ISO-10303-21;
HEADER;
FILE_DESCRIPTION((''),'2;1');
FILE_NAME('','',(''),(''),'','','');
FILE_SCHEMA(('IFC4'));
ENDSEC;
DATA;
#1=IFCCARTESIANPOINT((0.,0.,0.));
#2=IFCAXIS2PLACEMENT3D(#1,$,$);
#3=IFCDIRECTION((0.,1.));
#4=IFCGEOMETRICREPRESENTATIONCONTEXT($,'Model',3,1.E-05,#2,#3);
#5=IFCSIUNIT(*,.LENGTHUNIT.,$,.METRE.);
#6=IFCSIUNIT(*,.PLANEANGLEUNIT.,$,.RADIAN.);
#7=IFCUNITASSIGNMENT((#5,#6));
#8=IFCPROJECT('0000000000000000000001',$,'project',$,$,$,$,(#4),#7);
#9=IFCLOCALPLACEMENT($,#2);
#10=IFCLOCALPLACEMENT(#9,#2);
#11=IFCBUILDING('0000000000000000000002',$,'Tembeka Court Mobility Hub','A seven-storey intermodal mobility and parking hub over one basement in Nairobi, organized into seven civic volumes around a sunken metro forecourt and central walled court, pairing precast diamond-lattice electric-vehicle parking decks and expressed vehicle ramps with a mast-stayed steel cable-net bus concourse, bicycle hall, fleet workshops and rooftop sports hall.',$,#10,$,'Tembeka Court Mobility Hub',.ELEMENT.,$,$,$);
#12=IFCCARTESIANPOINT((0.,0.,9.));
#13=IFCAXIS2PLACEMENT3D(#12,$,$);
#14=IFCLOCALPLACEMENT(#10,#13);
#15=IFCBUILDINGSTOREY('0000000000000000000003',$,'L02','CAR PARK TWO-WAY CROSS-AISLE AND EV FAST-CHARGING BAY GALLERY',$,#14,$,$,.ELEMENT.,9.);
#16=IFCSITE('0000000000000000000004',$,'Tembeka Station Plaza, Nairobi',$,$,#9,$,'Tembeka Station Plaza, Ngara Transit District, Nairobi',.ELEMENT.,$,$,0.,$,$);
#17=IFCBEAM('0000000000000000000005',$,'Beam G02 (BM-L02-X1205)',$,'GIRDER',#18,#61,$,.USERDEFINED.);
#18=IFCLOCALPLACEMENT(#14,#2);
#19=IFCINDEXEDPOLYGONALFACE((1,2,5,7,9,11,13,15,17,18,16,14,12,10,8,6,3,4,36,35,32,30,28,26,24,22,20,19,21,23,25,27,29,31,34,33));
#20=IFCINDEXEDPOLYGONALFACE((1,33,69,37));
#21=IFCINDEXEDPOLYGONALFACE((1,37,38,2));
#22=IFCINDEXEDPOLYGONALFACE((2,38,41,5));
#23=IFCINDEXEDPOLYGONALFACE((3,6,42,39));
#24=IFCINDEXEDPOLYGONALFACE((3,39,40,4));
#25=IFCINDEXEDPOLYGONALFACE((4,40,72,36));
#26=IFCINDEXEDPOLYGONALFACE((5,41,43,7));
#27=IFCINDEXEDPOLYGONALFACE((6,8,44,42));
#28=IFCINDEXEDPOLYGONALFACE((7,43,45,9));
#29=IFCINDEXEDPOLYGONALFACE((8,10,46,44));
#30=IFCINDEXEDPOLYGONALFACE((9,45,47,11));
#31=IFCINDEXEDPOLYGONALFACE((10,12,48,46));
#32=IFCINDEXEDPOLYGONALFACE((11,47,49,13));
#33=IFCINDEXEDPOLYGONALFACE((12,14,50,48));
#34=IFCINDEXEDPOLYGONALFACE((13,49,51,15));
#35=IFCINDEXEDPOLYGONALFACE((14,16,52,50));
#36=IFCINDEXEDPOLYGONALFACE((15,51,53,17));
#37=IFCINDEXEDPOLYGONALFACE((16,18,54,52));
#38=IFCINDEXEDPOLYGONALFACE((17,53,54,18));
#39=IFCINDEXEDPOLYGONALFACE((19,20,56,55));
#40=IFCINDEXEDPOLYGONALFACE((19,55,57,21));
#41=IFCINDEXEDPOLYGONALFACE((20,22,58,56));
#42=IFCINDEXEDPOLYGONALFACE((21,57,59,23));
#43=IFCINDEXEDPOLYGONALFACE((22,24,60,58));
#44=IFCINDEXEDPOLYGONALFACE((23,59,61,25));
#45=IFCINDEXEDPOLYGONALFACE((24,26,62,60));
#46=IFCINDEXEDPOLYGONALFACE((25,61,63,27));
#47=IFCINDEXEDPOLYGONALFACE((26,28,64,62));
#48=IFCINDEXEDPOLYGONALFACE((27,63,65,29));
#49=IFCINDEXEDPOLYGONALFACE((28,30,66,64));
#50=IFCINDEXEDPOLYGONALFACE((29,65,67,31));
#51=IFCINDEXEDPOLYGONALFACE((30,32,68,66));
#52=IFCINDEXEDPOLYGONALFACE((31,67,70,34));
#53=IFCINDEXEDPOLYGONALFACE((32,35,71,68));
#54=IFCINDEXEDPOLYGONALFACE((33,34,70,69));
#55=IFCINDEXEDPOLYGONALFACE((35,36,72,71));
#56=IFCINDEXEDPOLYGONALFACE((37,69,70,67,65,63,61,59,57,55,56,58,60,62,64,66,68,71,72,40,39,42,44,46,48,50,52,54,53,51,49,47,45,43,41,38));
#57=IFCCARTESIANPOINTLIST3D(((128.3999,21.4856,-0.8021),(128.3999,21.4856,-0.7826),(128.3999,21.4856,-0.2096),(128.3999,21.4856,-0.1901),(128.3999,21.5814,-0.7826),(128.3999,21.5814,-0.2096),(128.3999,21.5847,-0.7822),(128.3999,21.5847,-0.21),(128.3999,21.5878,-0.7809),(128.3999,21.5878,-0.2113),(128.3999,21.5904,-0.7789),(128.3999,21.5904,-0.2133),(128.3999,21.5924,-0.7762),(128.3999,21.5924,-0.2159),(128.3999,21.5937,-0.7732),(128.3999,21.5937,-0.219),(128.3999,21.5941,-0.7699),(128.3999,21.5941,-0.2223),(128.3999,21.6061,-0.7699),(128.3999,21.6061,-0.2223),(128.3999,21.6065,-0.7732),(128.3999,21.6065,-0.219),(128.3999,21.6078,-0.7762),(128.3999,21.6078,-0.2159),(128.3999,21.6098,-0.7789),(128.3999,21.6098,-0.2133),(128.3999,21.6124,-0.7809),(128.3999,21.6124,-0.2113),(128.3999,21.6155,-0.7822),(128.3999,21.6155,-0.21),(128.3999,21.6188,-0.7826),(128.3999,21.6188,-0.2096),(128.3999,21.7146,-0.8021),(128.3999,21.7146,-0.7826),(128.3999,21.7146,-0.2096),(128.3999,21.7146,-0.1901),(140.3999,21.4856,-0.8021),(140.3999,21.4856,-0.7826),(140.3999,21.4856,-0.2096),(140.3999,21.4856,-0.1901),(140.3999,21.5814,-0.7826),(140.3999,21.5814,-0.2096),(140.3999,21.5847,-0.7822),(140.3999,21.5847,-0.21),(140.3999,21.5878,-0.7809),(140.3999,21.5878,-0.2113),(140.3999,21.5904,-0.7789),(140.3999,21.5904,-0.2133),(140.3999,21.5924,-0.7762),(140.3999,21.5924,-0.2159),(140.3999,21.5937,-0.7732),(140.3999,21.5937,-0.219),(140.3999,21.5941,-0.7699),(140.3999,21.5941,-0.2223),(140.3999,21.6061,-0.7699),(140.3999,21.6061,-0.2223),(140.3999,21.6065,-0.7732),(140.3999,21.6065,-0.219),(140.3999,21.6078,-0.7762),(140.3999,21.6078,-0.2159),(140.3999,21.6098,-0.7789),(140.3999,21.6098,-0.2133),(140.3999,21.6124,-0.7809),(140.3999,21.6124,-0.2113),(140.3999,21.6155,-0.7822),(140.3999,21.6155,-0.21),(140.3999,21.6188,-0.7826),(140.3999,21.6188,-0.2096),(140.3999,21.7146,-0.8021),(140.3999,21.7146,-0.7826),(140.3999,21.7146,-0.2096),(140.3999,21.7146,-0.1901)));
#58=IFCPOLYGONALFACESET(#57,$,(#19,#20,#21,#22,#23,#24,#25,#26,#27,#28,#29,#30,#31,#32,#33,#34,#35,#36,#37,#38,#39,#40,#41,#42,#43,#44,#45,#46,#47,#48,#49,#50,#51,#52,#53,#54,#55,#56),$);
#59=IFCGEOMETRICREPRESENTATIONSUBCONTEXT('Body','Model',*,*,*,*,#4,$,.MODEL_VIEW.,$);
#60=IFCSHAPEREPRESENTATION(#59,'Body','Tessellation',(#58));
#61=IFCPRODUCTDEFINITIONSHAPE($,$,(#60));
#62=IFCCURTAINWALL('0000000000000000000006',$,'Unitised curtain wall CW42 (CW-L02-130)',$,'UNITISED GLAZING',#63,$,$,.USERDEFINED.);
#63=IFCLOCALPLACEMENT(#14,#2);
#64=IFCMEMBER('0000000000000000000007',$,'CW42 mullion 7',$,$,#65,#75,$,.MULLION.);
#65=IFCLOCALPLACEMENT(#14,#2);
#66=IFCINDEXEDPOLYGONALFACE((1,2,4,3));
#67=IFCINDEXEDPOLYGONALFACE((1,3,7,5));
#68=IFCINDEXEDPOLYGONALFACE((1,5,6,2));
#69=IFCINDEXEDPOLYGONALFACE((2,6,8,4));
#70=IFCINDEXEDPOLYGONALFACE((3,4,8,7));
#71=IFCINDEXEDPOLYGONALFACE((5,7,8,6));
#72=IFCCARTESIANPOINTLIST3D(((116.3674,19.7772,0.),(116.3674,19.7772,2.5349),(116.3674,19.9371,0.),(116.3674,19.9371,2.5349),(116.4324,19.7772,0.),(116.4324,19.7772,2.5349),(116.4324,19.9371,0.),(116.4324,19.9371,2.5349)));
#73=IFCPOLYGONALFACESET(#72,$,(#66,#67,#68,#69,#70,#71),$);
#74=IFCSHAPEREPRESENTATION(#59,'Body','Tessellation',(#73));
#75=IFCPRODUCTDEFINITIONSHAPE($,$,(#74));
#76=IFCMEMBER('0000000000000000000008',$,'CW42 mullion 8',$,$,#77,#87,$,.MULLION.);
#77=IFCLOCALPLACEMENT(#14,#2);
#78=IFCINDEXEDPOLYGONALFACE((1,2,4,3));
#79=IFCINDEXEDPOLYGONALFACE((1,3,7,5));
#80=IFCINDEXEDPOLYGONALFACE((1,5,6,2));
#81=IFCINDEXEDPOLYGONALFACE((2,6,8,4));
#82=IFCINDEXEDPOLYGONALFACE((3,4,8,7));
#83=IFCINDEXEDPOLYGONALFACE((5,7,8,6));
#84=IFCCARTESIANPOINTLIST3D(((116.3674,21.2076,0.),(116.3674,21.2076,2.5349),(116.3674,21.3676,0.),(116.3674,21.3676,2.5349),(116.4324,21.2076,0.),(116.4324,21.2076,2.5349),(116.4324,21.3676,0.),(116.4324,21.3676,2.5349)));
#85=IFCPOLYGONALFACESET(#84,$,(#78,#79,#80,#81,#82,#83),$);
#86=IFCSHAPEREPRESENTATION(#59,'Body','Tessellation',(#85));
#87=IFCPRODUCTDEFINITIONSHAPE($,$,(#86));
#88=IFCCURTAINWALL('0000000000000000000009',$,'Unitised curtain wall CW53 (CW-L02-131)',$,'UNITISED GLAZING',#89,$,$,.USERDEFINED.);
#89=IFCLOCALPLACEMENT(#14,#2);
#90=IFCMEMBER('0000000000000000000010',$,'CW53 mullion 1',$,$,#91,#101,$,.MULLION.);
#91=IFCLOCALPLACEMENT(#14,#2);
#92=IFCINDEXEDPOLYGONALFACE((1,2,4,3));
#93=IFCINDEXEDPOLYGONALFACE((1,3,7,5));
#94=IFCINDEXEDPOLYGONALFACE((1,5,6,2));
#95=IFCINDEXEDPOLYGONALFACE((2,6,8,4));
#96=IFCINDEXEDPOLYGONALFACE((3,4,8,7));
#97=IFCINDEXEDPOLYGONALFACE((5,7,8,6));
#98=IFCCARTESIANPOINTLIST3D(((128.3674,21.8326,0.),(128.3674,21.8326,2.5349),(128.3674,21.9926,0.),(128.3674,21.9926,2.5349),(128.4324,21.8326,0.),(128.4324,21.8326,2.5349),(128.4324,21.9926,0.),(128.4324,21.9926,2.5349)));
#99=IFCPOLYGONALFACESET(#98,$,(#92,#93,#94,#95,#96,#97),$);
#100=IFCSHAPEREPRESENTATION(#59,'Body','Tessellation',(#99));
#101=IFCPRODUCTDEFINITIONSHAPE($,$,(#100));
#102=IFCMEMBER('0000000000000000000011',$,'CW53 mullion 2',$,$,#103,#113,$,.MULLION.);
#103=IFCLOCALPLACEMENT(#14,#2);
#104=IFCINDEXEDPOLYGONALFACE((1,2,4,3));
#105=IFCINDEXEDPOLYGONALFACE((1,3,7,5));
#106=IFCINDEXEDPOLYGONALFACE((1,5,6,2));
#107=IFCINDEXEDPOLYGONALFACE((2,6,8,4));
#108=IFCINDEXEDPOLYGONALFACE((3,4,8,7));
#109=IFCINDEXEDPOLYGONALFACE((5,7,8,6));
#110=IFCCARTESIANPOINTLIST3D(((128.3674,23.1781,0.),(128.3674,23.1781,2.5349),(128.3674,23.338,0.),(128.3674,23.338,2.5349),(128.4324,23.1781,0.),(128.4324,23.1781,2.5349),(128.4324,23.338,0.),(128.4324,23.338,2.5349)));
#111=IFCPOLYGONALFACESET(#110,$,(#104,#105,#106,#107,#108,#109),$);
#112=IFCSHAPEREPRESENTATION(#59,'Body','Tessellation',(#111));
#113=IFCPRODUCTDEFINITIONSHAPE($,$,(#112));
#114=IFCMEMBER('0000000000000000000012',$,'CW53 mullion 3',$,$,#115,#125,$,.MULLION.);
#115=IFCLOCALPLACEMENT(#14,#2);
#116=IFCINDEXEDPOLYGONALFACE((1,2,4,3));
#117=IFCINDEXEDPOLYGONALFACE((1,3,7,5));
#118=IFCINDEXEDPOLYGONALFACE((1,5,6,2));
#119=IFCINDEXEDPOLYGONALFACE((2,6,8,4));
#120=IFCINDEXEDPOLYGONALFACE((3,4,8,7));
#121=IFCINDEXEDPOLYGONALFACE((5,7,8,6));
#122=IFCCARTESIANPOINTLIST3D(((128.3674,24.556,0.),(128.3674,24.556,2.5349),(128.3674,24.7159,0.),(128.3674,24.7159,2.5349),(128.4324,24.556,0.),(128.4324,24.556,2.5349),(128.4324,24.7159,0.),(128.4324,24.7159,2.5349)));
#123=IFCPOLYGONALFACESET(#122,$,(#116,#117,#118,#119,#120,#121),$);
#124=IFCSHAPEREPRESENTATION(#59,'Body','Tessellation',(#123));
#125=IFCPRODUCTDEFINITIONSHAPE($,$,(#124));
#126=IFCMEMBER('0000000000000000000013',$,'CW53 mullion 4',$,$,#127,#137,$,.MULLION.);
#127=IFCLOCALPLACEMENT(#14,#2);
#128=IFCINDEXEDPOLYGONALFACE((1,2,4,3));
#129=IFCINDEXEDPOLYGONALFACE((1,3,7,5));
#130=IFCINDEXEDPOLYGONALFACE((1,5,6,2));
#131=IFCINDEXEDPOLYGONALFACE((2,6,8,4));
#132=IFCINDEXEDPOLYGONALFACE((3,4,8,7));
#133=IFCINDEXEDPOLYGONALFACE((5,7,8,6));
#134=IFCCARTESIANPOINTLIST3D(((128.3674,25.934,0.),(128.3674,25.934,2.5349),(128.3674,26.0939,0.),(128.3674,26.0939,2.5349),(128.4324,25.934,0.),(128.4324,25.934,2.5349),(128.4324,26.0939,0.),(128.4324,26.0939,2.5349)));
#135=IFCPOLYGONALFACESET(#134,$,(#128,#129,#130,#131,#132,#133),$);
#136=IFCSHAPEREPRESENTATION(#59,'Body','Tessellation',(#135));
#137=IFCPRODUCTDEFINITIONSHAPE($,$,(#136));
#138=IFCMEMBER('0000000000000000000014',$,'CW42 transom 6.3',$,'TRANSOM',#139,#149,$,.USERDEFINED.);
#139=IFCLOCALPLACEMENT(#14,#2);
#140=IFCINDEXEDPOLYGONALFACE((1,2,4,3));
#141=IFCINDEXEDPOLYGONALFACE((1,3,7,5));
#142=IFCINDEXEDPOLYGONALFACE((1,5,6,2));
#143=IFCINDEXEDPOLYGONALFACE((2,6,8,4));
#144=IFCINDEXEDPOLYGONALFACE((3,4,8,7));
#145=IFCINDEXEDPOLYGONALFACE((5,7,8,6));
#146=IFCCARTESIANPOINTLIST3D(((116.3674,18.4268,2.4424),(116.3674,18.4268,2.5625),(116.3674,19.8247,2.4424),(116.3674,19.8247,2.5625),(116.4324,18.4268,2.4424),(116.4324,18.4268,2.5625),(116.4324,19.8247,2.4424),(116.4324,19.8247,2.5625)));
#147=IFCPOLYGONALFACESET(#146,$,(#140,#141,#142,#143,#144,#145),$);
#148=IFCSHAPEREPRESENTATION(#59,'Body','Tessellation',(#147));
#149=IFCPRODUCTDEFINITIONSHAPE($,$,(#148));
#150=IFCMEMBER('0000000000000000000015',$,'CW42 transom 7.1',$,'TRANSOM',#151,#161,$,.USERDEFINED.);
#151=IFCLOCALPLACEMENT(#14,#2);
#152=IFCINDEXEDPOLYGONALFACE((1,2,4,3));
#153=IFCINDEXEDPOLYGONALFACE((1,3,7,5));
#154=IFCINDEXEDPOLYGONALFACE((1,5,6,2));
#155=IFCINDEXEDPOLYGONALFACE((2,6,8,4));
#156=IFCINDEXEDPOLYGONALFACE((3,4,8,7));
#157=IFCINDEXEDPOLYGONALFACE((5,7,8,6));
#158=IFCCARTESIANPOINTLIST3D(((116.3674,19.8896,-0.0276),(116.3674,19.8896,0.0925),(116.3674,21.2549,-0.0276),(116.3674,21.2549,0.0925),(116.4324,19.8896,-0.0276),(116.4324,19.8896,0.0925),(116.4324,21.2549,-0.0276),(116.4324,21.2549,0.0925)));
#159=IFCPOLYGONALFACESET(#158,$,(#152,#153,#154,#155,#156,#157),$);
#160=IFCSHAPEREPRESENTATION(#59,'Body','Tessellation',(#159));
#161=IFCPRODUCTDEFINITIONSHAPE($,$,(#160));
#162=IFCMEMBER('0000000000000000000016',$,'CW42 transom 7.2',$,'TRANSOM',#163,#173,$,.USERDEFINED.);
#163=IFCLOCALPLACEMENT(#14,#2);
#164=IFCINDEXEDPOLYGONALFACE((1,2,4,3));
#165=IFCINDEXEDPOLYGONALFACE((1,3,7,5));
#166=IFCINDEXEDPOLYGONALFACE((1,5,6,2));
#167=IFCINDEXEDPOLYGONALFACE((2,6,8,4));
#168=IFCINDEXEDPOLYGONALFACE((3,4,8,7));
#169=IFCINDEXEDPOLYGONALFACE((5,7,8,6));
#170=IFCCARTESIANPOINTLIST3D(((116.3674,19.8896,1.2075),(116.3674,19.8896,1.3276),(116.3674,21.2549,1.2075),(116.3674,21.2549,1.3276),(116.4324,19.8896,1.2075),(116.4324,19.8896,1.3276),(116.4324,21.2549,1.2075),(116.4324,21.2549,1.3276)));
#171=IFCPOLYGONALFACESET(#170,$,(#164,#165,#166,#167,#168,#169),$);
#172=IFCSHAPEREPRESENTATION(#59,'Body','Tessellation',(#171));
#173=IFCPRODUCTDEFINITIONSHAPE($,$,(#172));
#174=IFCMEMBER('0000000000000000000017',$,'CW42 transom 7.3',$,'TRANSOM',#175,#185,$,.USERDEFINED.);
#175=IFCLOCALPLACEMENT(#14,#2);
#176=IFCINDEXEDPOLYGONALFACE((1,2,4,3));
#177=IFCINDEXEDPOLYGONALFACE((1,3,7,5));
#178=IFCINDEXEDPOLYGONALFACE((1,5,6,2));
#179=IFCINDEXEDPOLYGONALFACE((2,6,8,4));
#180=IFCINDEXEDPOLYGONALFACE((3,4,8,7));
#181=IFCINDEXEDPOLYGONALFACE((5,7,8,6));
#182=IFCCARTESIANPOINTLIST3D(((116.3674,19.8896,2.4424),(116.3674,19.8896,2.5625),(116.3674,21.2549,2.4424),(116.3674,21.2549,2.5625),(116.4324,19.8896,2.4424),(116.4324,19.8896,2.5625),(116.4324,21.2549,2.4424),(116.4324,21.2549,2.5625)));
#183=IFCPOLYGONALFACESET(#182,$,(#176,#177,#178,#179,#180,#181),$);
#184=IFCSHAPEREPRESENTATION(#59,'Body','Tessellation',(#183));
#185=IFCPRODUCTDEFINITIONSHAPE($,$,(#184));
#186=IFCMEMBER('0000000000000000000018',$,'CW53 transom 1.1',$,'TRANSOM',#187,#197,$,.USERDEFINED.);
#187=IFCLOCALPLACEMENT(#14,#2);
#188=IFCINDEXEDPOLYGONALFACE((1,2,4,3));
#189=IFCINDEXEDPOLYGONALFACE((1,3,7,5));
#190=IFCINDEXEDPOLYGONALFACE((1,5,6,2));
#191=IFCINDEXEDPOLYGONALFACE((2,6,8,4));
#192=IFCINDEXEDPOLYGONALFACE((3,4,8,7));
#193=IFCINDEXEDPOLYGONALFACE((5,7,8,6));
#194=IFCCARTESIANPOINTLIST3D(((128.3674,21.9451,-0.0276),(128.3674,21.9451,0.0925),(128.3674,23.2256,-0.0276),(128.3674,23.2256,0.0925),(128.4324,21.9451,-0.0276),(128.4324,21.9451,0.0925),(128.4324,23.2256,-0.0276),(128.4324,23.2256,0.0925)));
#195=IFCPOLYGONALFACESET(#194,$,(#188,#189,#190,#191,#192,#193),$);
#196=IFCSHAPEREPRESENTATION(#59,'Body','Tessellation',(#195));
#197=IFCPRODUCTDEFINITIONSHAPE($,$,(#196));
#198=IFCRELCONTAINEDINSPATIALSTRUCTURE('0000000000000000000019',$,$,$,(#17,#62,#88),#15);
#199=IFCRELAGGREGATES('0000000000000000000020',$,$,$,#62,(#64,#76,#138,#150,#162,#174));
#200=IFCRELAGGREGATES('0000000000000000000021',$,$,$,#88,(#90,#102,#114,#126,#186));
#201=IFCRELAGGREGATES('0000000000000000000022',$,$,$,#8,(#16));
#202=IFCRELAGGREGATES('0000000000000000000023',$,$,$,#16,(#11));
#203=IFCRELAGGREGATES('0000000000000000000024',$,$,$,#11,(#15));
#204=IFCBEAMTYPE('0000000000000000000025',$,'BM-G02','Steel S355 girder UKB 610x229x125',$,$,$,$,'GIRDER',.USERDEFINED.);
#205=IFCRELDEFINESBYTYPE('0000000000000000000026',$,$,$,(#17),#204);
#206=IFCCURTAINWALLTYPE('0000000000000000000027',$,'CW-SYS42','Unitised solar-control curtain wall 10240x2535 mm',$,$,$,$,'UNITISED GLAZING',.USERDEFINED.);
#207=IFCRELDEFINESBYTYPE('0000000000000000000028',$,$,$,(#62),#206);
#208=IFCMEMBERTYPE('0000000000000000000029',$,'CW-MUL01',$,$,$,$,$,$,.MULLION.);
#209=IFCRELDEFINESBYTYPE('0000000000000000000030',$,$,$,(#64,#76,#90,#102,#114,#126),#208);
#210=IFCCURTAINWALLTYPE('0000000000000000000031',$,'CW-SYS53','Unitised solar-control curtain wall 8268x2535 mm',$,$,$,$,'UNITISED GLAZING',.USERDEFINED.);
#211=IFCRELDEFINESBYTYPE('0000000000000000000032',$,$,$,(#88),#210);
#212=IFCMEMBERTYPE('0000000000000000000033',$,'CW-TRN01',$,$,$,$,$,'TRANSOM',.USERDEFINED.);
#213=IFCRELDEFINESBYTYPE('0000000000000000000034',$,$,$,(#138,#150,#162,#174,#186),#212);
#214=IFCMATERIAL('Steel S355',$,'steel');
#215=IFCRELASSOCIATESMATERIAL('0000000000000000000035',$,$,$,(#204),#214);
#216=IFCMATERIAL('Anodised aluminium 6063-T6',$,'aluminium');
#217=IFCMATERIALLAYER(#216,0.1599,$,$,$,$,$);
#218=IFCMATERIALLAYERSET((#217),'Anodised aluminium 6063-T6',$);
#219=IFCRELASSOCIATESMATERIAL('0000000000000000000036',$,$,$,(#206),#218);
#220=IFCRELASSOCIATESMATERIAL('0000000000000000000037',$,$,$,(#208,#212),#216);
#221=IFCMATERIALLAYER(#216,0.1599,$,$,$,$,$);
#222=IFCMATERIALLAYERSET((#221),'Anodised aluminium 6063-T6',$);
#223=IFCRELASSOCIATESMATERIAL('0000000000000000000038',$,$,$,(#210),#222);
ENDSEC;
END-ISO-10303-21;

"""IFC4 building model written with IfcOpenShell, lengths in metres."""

from ifc_helpers import new_model, si_unit, direction, frame, origin, origin_2d, place, context, subcontext, project, spatial, rectangle, i_section, extrude, material, layer, layer_set, material_profile, profile_set, type_object, element, aggregate, save


model = new_model("IFC4")

# Units and contexts
model_context = context("Model", 3, precision=1e-05, world=origin(), true_north=direction((0.0, 1.0)))
body_context = subcontext(model_context, "Body", "Model", "MODEL_VIEW")
ifc_project = project(units=[si_unit("LENGTHUNIT", "METRE"), si_unit("PLANEANGLEUNIT", "RADIAN")], contexts=[model_context])

# Site, building, storey
site_placement = place(None, origin())
site = spatial("IfcSite", under=ifc_project, at=site_placement, Name="Tembeka Station Plaza, Nairobi", LongName="Tembeka Station Plaza, Ngara Transit District, Nairobi", CompositionType="ELEMENT", RefElevation=0.0)
building_placement = place(site_placement, origin())
building = spatial("IfcBuilding", under=site, at=building_placement, Name="Tembeka Court Mobility Hub", Description="A seven-storey intermodal mobility and parking hub over one basement in Nairobi, organized into seven civic volumes around a sunken metro forecourt and central walled court, pairing precast diamond-lattice electric-vehicle parking decks and expressed vehicle ramps with a mast-stayed steel cable-net bus concourse, bicycle hall, fleet workshops and rooftop sports hall.", LongName="Tembeka Court Mobility Hub", CompositionType="ELEMENT")
storey_placement = place(building_placement, frame((0.0, 0.0, 9.0)))
storey = spatial("IfcBuildingStorey", under=building, at=storey_placement, Name="L02", Description="CAR PARK TWO-WAY CROSS-AISLE AND EV FAST-CHARGING BAY GALLERY", CompositionType="ELEMENT", Elevation=9.0)

# Shared definitions
ifc_material_1 = material(Name="Steel S355", Category="steel")

# Beam
ifc_material_profile_1 = material_profile(ifc_material_1, i_section(OverallWidth=0.229, OverallDepth=0.6121, WebThickness=0.012, FlangeThickness=0.0195, FilletRadius=0.0127, at=origin_2d()), Name="UKB 610x229x125")
ifc_profile_set_1 = profile_set([ifc_material_profile_1], Name="Steel S355")
beam_type_1 = type_object("IfcBeamType", Name="BM-G02", Description="Steel S355 girder UKB 610x229x125", ElementType="GIRDER", PredefinedType="USERDEFINED", material=ifc_profile_set_1)
for number, where, z_axis, x_axis, name in (
    (1, (128.3999, 21.6001, -0.4961), (1.0, 0.0, 0.0), (0.0, 1.0, 0.0), "Beam G02 (BM-L02-X1205)"),
):
    element("IfcBeam", number, at=place(storey_placement, frame(where, z_axis=z_axis, x_axis=x_axis)), inside=storey, type_object=beam_type_1, Name=name, ObjectType="GIRDER", PredefinedType="USERDEFINED", context=body_context, shape_type="SweptSolid", body=[
        extrude(i_section(OverallWidth=0.229, OverallDepth=0.6121, WebThickness=0.012, FlangeThickness=0.0195, FilletRadius=0.0127, at=origin_2d()), origin(), (0.0, 0.0, 1.0), 12.0),
    ])

# Curtain walls, members
ifc_material_2 = material(Name="Anodised aluminium 6063-T6", Category="aluminium")
ifc_layer_1 = layer(ifc_material_2, 0.1599)
ifc_layer_set_1 = layer_set([ifc_layer_1], Name="Anodised aluminium 6063-T6")
curtain_wall_type_1 = type_object("IfcCurtainWallType", Name="CW-SYS42", Description="Unitised solar-control curtain wall 10240x2535 mm", ElementType="UNITISED GLAZING", PredefinedType="USERDEFINED", material=ifc_layer_set_1)
curtain_wall_1_placement = place(storey_placement, origin())
curtain_wall_1 = element("IfcCurtainWall", 2, at=curtain_wall_1_placement, inside=storey, type_object=curtain_wall_type_1, Name="Unitised curtain wall CW42 (CW-L02-130)", ObjectType="UNITISED GLAZING", PredefinedType="USERDEFINED")
ifc_material_profile_2 = material_profile(ifc_material_2, rectangle(XDim=0.0649, YDim=0.1599, at=origin_2d()), Name="ALU-MUL 65x160")
ifc_profile_set_2 = profile_set([ifc_material_profile_2], Name="Anodised aluminium 6063-T6")
member_type_1 = type_object("IfcMemberType", Name="CW-MUL01", PredefinedType="MULLION", material=ifc_profile_set_2)
member_1_placement = place(storey_placement, frame((116.3999, 19.8572, 0.0), z_axis=(0.0, 0.0, 1.0), x_axis=(-1.0, 0.0, 0.0)))
member_1 = element("IfcMember", 3, at=member_1_placement, type_object=member_type_1, Name="CW42 mullion 7", PredefinedType="MULLION", context=body_context, shape_type="SweptSolid", body=[
    extrude(rectangle(XDim=0.0649, YDim=0.1599, at=origin_2d()), origin(), (0.0, 0.0, 1.0), 2.5349),
])
member_2_placement = place(storey_placement, frame((116.3999, 21.2876, 0.0), z_axis=(0.0, 0.0, 1.0), x_axis=(-1.0, 0.0, 0.0)))
member_2 = element("IfcMember", 4, at=member_2_placement, type_object=member_type_1, Name="CW42 mullion 8", PredefinedType="MULLION", context=body_context, shape_type="SweptSolid", body=[
    extrude(rectangle(XDim=0.0649, YDim=0.1599, at=origin_2d()), origin(), (0.0, 0.0, 1.0), 2.5349),
])
ifc_layer_2 = layer(ifc_material_2, 0.1599)
ifc_layer_set_2 = layer_set([ifc_layer_2], Name="Anodised aluminium 6063-T6")
curtain_wall_type_2 = type_object("IfcCurtainWallType", Name="CW-SYS53", Description="Unitised solar-control curtain wall 8268x2535 mm", ElementType="UNITISED GLAZING", PredefinedType="USERDEFINED", material=ifc_layer_set_2)
curtain_wall_2_placement = place(storey_placement, origin())
curtain_wall_2 = element("IfcCurtainWall", 5, at=curtain_wall_2_placement, inside=storey, type_object=curtain_wall_type_2, Name="Unitised curtain wall CW53 (CW-L02-131)", ObjectType="UNITISED GLAZING", PredefinedType="USERDEFINED")
member_3_placement = place(storey_placement, frame((128.3999, 21.9126, 0.0), z_axis=(0.0, 0.0, 1.0), x_axis=(-1.0, 0.0, 0.0)))
member_3 = element("IfcMember", 6, at=member_3_placement, type_object=member_type_1, Name="CW53 mullion 1", PredefinedType="MULLION", context=body_context, shape_type="SweptSolid", body=[
    extrude(rectangle(XDim=0.0649, YDim=0.1599, at=origin_2d()), origin(), (0.0, 0.0, 1.0), 2.5349),
])
member_4_placement = place(storey_placement, frame((128.3999, 23.2581, 0.0), z_axis=(0.0, 0.0, 1.0), x_axis=(-1.0, 0.0, 0.0)))
member_4 = element("IfcMember", 7, at=member_4_placement, type_object=member_type_1, Name="CW53 mullion 2", PredefinedType="MULLION", context=body_context, shape_type="SweptSolid", body=[
    extrude(rectangle(XDim=0.0649, YDim=0.1599, at=origin_2d()), origin(), (0.0, 0.0, 1.0), 2.5349),
])
member_5_placement = place(storey_placement, frame((128.3999, 24.636, 0.0), z_axis=(0.0, 0.0, 1.0), x_axis=(-1.0, 0.0, 0.0)))
member_5 = element("IfcMember", 8, at=member_5_placement, type_object=member_type_1, Name="CW53 mullion 3", PredefinedType="MULLION", context=body_context, shape_type="SweptSolid", body=[
    extrude(rectangle(XDim=0.0649, YDim=0.1599, at=origin_2d()), origin(), (0.0, 0.0, 1.0), 2.5349),
])
member_6_placement = place(storey_placement, frame((128.3999, 26.0139, 0.0), z_axis=(0.0, 0.0, 1.0), x_axis=(-1.0, 0.0, 0.0)))
member_6 = element("IfcMember", 9, at=member_6_placement, type_object=member_type_1, Name="CW53 mullion 4", PredefinedType="MULLION", context=body_context, shape_type="SweptSolid", body=[
    extrude(rectangle(XDim=0.0649, YDim=0.1599, at=origin_2d()), origin(), (0.0, 0.0, 1.0), 2.5349),
])

# Members
ifc_material_profile_3 = material_profile(ifc_material_2, rectangle(XDim=0.0649, YDim=0.1201, at=origin_2d()), Name="ALU-TRN 65x120")
ifc_profile_set_3 = profile_set([ifc_material_profile_3], Name="Anodised aluminium 6063-T6")
member_type_2 = type_object("IfcMemberType", Name="CW-TRN01", ElementType="TRANSOM", PredefinedType="USERDEFINED", material=ifc_profile_set_3)
member_7_placement = place(storey_placement, frame((116.3999, 18.4268, 2.5024), z_axis=(0.0, 1.0, 0.0), x_axis=(-1.0, 0.0, 0.0)))
member_7 = element("IfcMember", 10, at=member_7_placement, type_object=member_type_2, Name="CW42 transom 6.3", ObjectType="TRANSOM", PredefinedType="USERDEFINED", context=body_context, shape_type="SweptSolid", body=[
    extrude(rectangle(XDim=0.0649, YDim=0.1201, at=origin_2d()), origin(), (0.0, 0.0, 1.0), 1.3979),
])
member_8_placement = place(storey_placement, frame((116.3999, 19.8896, 0.0325), z_axis=(0.0, 1.0, 0.0), x_axis=(-1.0, 0.0, 0.0)))
member_8 = element("IfcMember", 11, at=member_8_placement, type_object=member_type_2, Name="CW42 transom 7.1", ObjectType="TRANSOM", PredefinedType="USERDEFINED", context=body_context, shape_type="SweptSolid", body=[
    extrude(rectangle(XDim=0.0649, YDim=0.1201, at=origin_2d()), origin(), (0.0, 0.0, 1.0), 1.3652),
])
member_9_placement = place(storey_placement, frame((116.3999, 19.8896, 1.2676), z_axis=(0.0, 1.0, 0.0), x_axis=(-1.0, 0.0, 0.0)))
member_9 = element("IfcMember", 12, at=member_9_placement, type_object=member_type_2, Name="CW42 transom 7.2", ObjectType="TRANSOM", PredefinedType="USERDEFINED", context=body_context, shape_type="SweptSolid", body=[
    extrude(rectangle(XDim=0.0649, YDim=0.1201, at=origin_2d()), origin(), (0.0, 0.0, 1.0), 1.3652),
])
member_10_placement = place(storey_placement, frame((116.3999, 19.8896, 2.5024), z_axis=(0.0, 1.0, 0.0), x_axis=(-1.0, 0.0, 0.0)))
member_10 = element("IfcMember", 13, at=member_10_placement, type_object=member_type_2, Name="CW42 transom 7.3", ObjectType="TRANSOM", PredefinedType="USERDEFINED", context=body_context, shape_type="SweptSolid", body=[
    extrude(rectangle(XDim=0.0649, YDim=0.1201, at=origin_2d()), origin(), (0.0, 0.0, 1.0), 1.3652),
])
member_11_placement = place(storey_placement, frame((128.3999, 21.9451, 0.0325), z_axis=(0.0, 1.0, 0.0), x_axis=(-1.0, 0.0, 0.0)))
member_11 = element("IfcMember", 14, at=member_11_placement, type_object=member_type_2, Name="CW53 transom 1.1", ObjectType="TRANSOM", PredefinedType="USERDEFINED", context=body_context, shape_type="SweptSolid", body=[
    extrude(rectangle(XDim=0.0649, YDim=0.1201, at=origin_2d()), origin(), (0.0, 0.0, 1.0), 1.2805),
])

aggregate(curtain_wall_1, [member_1, member_2, member_7, member_8, member_9, member_10])
aggregate(curtain_wall_2, [member_3, member_4, member_5, member_6, member_11])

save(model, "model.ifc")
